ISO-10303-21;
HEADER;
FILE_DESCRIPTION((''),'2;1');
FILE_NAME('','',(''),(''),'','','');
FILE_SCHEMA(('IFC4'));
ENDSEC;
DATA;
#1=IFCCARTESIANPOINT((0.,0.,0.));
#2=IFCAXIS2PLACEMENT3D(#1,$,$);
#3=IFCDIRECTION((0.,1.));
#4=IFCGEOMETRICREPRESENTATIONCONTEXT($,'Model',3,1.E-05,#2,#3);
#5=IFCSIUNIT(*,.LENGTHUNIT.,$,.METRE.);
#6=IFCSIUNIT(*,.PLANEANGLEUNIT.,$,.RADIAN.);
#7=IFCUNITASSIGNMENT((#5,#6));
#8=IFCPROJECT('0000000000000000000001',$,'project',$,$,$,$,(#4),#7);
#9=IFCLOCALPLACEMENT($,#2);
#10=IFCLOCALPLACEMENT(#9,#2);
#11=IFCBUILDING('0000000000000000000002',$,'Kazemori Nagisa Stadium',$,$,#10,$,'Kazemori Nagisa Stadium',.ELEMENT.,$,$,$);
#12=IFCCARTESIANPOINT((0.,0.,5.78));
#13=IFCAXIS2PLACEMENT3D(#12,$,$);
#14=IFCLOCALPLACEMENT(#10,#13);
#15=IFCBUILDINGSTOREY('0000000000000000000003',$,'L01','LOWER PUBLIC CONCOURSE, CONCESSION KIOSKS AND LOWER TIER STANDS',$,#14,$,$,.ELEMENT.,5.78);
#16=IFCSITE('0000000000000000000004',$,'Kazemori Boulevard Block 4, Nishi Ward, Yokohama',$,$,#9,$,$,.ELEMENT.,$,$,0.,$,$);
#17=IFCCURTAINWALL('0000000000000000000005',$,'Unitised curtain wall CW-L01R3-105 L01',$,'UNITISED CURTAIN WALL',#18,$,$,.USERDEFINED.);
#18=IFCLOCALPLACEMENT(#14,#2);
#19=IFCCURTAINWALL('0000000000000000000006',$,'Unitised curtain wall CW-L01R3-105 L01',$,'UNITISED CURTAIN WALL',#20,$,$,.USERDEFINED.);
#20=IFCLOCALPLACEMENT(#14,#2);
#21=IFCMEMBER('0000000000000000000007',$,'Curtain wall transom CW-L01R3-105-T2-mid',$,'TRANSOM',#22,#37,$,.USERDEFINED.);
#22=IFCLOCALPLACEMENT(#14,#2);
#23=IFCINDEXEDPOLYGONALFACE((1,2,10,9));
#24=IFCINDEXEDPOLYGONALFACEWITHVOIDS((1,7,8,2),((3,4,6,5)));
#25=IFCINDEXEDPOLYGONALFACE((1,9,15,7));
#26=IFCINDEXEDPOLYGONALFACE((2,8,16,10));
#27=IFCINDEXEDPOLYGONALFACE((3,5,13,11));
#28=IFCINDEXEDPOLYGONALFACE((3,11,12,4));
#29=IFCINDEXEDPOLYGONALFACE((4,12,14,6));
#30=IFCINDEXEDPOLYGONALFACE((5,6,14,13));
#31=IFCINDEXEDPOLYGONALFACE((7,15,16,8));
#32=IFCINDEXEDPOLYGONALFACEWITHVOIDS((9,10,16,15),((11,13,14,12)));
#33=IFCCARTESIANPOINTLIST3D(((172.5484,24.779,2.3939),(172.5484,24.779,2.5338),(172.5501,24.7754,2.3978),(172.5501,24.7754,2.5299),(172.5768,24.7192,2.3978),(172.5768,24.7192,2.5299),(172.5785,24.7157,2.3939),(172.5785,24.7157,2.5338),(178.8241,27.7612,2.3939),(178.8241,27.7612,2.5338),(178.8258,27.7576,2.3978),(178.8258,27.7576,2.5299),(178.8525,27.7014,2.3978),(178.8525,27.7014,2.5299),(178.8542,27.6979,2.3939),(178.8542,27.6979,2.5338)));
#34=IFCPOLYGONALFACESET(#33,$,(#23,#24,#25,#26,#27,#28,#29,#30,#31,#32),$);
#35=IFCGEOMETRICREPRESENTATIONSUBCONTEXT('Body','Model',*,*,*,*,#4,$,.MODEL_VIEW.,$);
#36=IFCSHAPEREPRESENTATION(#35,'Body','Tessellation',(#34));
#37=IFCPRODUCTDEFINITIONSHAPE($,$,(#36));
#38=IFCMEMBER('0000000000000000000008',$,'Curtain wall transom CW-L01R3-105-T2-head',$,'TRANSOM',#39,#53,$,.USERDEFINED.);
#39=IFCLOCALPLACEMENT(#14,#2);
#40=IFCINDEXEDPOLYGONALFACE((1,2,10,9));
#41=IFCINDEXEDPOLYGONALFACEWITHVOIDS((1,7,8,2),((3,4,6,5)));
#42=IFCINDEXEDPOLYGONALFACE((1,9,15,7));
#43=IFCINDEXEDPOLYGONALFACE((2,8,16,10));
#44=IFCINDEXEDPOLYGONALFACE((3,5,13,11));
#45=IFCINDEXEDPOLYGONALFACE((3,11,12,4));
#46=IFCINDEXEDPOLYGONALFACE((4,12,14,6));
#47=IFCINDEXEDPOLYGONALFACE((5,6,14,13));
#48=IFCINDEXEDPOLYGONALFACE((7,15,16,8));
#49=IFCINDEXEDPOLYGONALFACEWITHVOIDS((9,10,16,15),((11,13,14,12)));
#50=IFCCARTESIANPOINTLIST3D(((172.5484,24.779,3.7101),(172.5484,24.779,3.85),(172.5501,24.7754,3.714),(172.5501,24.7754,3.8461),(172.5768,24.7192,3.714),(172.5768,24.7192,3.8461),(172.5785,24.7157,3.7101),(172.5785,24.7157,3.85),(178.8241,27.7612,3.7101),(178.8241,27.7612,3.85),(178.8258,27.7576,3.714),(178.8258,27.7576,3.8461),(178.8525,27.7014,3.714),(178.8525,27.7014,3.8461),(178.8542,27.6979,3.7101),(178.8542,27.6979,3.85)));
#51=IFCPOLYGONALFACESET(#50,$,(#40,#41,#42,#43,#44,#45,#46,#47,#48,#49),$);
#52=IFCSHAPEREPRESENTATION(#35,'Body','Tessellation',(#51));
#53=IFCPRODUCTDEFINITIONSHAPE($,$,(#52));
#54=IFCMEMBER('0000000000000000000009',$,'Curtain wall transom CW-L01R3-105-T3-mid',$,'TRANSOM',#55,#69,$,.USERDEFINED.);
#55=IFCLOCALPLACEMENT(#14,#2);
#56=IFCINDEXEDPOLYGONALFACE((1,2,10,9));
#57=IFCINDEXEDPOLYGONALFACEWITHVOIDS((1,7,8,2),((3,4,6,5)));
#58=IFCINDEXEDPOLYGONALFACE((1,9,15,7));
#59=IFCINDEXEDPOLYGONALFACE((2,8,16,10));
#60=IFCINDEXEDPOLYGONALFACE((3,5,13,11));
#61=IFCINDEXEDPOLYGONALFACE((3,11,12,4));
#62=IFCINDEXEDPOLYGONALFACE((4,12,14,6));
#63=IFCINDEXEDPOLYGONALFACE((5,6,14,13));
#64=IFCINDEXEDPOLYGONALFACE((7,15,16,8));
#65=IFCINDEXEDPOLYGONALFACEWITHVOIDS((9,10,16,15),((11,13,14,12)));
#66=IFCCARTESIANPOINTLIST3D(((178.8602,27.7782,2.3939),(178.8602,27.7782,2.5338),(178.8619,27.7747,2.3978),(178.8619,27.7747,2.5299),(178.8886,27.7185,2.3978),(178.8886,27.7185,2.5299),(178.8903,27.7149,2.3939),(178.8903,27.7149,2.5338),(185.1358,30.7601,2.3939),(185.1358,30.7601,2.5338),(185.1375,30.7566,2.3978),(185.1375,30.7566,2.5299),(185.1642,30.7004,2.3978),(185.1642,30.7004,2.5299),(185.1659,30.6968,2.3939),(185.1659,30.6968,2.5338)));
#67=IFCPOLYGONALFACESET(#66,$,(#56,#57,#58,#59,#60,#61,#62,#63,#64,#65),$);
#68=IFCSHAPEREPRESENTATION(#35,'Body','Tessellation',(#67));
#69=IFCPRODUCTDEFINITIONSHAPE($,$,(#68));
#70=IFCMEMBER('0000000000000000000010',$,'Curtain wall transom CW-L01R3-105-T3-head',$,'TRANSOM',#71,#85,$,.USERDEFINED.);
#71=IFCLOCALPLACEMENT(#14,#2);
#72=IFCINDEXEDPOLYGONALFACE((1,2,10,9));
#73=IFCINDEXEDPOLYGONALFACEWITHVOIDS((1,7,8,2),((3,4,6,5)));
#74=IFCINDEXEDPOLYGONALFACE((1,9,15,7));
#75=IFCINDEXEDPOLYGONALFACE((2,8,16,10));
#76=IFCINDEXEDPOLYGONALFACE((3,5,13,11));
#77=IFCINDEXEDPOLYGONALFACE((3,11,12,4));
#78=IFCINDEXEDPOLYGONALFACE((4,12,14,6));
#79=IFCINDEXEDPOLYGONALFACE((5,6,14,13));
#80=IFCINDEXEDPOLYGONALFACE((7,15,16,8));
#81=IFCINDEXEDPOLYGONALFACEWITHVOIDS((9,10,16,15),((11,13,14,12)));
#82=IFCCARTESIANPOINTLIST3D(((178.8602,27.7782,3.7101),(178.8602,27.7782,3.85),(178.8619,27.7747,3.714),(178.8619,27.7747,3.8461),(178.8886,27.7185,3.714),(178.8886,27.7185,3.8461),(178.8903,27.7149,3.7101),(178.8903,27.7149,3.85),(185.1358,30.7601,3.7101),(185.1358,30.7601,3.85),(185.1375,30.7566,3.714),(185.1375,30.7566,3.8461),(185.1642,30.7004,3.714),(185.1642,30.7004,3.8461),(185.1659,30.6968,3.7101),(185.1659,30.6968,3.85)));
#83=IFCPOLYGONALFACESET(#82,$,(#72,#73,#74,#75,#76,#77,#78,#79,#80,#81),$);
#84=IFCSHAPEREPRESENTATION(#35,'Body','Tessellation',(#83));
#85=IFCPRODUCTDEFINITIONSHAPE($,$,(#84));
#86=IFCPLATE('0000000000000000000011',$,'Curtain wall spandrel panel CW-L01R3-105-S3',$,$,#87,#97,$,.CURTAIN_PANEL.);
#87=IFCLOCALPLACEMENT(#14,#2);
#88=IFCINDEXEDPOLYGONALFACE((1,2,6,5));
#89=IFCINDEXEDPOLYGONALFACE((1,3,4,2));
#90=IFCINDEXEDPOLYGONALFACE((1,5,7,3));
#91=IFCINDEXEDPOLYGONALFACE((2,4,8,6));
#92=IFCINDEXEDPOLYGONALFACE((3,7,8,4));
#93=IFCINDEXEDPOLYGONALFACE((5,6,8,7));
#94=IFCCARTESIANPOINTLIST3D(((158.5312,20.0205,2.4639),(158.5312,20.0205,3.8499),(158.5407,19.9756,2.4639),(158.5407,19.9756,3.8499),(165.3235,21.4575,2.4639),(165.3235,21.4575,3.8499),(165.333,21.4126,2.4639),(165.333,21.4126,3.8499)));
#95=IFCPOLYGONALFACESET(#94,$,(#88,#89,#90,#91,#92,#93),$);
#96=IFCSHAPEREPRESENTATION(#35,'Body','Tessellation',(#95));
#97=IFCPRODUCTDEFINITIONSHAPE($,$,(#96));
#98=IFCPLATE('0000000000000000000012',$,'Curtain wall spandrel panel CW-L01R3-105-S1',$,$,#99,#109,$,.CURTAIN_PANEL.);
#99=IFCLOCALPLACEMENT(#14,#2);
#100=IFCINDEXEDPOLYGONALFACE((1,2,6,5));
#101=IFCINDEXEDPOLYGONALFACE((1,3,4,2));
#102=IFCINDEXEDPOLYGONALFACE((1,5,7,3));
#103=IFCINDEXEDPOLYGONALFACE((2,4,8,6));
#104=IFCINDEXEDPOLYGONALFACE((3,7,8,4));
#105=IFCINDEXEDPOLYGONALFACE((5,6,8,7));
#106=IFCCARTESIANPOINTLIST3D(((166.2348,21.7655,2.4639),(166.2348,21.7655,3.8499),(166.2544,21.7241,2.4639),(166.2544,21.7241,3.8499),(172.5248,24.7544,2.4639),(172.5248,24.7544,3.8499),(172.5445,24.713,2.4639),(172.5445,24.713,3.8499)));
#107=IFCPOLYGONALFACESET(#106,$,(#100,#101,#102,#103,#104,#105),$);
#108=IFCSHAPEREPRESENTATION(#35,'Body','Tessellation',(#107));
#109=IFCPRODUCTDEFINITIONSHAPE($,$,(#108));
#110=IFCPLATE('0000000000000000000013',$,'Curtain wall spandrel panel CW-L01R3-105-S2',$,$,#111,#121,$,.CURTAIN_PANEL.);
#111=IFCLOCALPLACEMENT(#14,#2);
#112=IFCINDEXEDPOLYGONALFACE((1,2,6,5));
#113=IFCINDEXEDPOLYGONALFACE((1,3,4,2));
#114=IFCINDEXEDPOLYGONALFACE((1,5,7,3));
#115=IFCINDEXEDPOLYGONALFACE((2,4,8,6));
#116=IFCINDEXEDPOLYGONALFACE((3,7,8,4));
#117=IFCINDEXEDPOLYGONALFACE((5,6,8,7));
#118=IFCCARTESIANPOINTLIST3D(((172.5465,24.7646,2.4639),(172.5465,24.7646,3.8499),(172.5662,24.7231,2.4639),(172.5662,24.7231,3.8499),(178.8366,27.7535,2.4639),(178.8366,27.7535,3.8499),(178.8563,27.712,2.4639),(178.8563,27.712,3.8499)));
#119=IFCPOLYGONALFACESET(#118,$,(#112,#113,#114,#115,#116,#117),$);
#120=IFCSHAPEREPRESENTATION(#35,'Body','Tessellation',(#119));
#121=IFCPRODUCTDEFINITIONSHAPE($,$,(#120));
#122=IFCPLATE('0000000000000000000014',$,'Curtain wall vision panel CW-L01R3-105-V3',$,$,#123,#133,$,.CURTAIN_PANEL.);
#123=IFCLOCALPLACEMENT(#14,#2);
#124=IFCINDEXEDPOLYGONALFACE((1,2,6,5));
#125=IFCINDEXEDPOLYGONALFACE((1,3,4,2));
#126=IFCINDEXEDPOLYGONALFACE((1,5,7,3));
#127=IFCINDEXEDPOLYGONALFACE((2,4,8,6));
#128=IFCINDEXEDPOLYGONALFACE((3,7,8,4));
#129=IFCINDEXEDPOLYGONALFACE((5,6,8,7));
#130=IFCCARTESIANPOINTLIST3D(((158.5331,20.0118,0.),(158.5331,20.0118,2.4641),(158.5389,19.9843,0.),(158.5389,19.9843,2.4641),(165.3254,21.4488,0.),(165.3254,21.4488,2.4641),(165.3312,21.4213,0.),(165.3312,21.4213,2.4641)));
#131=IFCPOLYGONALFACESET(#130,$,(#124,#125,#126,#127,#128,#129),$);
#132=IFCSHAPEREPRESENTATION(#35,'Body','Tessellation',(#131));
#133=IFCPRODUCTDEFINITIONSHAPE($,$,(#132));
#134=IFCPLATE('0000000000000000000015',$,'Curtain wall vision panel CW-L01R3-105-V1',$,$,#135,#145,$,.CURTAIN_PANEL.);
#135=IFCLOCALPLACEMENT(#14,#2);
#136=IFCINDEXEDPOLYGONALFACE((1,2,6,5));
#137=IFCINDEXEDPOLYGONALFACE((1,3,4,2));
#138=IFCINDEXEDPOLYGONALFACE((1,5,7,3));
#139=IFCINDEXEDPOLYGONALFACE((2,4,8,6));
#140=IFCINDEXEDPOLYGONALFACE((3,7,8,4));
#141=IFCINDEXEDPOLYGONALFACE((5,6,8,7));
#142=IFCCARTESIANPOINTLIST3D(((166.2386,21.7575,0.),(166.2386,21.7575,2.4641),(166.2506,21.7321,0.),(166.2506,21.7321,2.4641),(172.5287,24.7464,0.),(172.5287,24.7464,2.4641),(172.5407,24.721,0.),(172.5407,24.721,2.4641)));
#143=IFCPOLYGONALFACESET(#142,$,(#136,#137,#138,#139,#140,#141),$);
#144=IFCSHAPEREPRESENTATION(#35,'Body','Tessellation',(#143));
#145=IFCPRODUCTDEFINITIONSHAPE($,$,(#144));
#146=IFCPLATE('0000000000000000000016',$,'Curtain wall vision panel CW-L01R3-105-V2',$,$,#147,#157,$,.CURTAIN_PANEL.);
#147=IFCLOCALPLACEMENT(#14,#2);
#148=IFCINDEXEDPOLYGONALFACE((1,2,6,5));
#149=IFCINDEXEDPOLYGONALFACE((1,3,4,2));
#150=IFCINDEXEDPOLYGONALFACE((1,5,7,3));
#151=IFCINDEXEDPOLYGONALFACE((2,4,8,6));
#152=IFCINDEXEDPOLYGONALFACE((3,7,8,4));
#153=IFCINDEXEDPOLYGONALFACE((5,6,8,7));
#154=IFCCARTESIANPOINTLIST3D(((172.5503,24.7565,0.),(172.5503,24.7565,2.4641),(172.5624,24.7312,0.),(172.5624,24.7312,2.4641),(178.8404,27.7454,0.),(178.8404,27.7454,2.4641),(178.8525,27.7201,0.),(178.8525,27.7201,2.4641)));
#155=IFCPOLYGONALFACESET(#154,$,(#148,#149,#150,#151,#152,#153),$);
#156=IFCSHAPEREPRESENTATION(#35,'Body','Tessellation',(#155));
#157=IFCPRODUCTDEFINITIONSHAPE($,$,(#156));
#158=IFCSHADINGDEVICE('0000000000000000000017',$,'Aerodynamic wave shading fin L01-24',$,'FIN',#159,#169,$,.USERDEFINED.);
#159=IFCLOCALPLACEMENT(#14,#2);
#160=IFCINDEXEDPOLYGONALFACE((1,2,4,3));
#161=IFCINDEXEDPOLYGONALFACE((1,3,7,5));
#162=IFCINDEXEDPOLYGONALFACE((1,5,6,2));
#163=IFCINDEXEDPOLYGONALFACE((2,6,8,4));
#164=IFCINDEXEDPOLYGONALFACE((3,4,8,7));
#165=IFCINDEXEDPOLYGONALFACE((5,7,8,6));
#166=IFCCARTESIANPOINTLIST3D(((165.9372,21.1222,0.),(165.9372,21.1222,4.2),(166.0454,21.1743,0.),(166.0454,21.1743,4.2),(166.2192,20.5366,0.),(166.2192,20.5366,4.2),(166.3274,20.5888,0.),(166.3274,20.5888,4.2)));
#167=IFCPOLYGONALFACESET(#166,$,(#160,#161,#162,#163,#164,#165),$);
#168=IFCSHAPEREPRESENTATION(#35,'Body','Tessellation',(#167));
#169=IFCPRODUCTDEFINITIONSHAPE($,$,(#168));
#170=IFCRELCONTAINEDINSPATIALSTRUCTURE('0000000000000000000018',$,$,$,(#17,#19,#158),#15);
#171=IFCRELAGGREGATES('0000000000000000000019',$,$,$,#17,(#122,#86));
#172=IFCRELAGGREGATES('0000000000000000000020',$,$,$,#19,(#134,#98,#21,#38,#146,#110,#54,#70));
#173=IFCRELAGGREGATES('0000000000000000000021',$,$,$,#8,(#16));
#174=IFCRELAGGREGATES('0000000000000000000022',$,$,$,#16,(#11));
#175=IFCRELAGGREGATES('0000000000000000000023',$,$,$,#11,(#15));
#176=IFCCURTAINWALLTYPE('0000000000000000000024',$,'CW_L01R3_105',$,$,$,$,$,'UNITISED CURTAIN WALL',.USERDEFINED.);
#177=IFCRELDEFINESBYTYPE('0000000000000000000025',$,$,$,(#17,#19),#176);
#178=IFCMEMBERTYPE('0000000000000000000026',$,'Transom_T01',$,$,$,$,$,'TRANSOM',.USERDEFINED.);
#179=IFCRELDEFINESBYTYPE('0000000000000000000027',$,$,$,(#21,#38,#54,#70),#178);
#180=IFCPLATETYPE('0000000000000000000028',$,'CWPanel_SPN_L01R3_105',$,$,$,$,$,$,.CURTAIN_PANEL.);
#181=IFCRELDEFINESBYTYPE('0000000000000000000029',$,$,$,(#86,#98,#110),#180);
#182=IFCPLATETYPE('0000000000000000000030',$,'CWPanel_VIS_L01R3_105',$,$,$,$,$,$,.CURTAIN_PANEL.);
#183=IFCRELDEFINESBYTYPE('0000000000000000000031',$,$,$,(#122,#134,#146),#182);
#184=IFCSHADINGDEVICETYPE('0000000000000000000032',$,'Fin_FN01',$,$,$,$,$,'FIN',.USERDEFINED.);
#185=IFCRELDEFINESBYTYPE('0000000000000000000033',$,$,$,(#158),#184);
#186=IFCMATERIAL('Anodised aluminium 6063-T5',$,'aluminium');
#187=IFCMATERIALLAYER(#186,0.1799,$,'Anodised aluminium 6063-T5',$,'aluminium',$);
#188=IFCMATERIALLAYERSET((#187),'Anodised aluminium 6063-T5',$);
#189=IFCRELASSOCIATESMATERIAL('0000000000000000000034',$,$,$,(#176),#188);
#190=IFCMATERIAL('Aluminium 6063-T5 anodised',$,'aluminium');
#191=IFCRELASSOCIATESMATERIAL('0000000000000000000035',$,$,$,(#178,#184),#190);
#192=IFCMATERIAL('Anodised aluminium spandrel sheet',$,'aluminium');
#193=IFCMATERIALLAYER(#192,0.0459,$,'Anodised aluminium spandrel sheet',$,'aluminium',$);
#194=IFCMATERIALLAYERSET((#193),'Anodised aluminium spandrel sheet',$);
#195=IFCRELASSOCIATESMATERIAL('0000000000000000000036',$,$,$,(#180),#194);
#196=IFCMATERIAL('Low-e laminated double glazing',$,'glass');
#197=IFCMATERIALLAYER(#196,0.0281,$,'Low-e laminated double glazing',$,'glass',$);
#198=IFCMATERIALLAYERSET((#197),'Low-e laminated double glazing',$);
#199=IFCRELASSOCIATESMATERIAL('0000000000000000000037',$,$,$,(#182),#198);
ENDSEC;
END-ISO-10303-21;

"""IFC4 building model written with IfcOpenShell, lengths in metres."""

from ifc_helpers import new_model, si_unit, direction, frame, origin, origin_2d, place, context, subcontext, project, spatial, rectangle, hollow_rectangle, extrude, material, layer, layer_set, material_profile, profile_set, type_object, element, aggregate, save


model = new_model("IFC4")

# Units and contexts
model_context = context("Model", 3, precision=1e-05, world=origin(), true_north=direction((0.0, 1.0)))
body_context = subcontext(model_context, "Body", "Model", "MODEL_VIEW")
ifc_project = project(units=[si_unit("LENGTHUNIT", "METRE"), si_unit("PLANEANGLEUNIT", "RADIAN")], contexts=[model_context])

# Site, building, storey
site_placement = place(None, origin())
site = spatial("IfcSite", under=ifc_project, at=site_placement, Name="Kazemori Boulevard Block 4, Nishi Ward, Yokohama", CompositionType="ELEMENT", RefElevation=0.0)
building_placement = place(site_placement, origin())
building = spatial("IfcBuilding", under=site, at=building_placement, Name="Kazemori Nagisa Stadium", LongName="Kazemori Nagisa Stadium", CompositionType="ELEMENT")
storey_placement = place(building_placement, frame((0.0, 0.0, 5.78)))
storey = spatial("IfcBuildingStorey", under=building, at=storey_placement, Name="L01", Description="LOWER PUBLIC CONCOURSE, CONCESSION KIOSKS AND LOWER TIER STANDS", CompositionType="ELEMENT", Elevation=5.78)

# Curtain wall
ifc_material_1 = material(Name="Anodised aluminium 6063-T5", Category="aluminium")
ifc_layer_1 = layer(ifc_material_1, 0.1799, Name="Anodised aluminium 6063-T5", Category="aluminium")
ifc_layer_set_1 = layer_set([ifc_layer_1], Name="Anodised aluminium 6063-T5")
curtain_wall_type = type_object("IfcCurtainWallType", Name="CW_L01R3_105", ElementType="UNITISED CURTAIN WALL", PredefinedType="USERDEFINED", material=ifc_layer_set_1)
curtain_wall_1_placement = place(storey_placement, origin())
curtain_wall_1 = element("IfcCurtainWall", 1, at=curtain_wall_1_placement, inside=storey, type_object=curtain_wall_type, Name="Unitised curtain wall CW-L01R3-105 L01", ObjectType="UNITISED CURTAIN WALL", PredefinedType="USERDEFINED")
ifc_material_2 = material(Name="Aluminium 6063-T5 anodised", Category="aluminium")

# Curtain wall, members
curtain_wall_2_placement = place(storey_placement, origin())
curtain_wall_2 = element("IfcCurtainWall", 2, at=curtain_wall_2_placement, inside=storey, type_object=curtain_wall_type, Name="Unitised curtain wall CW-L01R3-105 L01", ObjectType="UNITISED CURTAIN WALL", PredefinedType="USERDEFINED")
ifc_material_profile_1 = material_profile(ifc_material_2, hollow_rectangle(XDim=0.0701, YDim=0.1399, WallThickness=0.0039, at=origin_2d()), Name="ALU-TRAN-70x140x4")
ifc_profile_set_1 = profile_set([ifc_material_profile_1], Name="Aluminium 6063-T5 anodised")
member_type_1 = type_object("IfcMemberType", Name="Transom_T01", ElementType="TRANSOM", PredefinedType="USERDEFINED", material=ifc_profile_set_1)
member_1_placement = place(storey_placement, frame((172.5635, 24.7473, 2.4639), z_axis=(0.903208, 0.429204, 0.0), x_axis=(-0.429204, 0.903208, 0.0)))
member_1 = element("IfcMember", 3, at=member_1_placement, type_object=member_type_1, Name="Curtain wall transom CW-L01R3-105-T2-mid", ObjectType="TRANSOM", PredefinedType="USERDEFINED", context=body_context, shape_type="SweptSolid", body=[
    extrude(hollow_rectangle(XDim=0.0701, YDim=0.1399, WallThickness=0.0039, at=origin_2d()), origin(), (0.0, 0.0, 1.0), 6.9482),
])
member_2_placement = place(storey_placement, frame((172.5635, 24.7473, 3.78), z_axis=(0.903208, 0.429204, 0.0), x_axis=(-0.429204, 0.903208, 0.0)))
member_2 = element("IfcMember", 4, at=member_2_placement, type_object=member_type_1, Name="Curtain wall transom CW-L01R3-105-T2-head", ObjectType="TRANSOM", PredefinedType="USERDEFINED", context=body_context, shape_type="SweptSolid", body=[
    extrude(hollow_rectangle(XDim=0.0701, YDim=0.1399, WallThickness=0.0039, at=origin_2d()), origin(), (0.0, 0.0, 1.0), 6.9482),
])
member_3_placement = place(storey_placement, frame((178.8752, 27.7466, 2.4639), z_axis=(0.903221, 0.429175, 0.0), x_axis=(-0.429175, 0.903221, 0.0)))
member_3 = element("IfcMember", 5, at=member_3_placement, type_object=member_type_1, Name="Curtain wall transom CW-L01R3-105-T3-mid", ObjectType="TRANSOM", PredefinedType="USERDEFINED", context=body_context, shape_type="SweptSolid", body=[
    extrude(hollow_rectangle(XDim=0.0701, YDim=0.1399, WallThickness=0.0039, at=origin_2d()), origin(), (0.0, 0.0, 1.0), 6.948),
])
member_4_placement = place(storey_placement, frame((178.8752, 27.7466, 3.78), z_axis=(0.903221, 0.429175, 0.0), x_axis=(-0.429175, 0.903221, 0.0)))
member_4 = element("IfcMember", 6, at=member_4_placement, type_object=member_type_1, Name="Curtain wall transom CW-L01R3-105-T3-head", ObjectType="TRANSOM", PredefinedType="USERDEFINED", context=body_context, shape_type="SweptSolid", body=[
    extrude(hollow_rectangle(XDim=0.0701, YDim=0.1399, WallThickness=0.0039, at=origin_2d()), origin(), (0.0, 0.0, 1.0), 6.948),
])

# Plates
ifc_material_3 = material(Name="Anodised aluminium spandrel sheet", Category="aluminium")
ifc_layer_2 = layer(ifc_material_3, 0.0459, Name="Anodised aluminium spandrel sheet", Category="aluminium")
ifc_layer_set_2 = layer_set([ifc_layer_2], Name="Anodised aluminium spandrel sheet")
plate_type_1 = type_object("IfcPlateType", Name="CWPanel_SPN_L01R3_105", PredefinedType="CURTAIN_PANEL", material=ifc_layer_set_2)
plate_1_placement = place(storey_placement, frame((161.9321, 20.7166, 2.4639), z_axis=(0.0, 0.0, 1.0), x_axis=(0.978345, 0.206981, 0.0)))
plate_1 = element("IfcPlate", 7, at=plate_1_placement, type_object=plate_type_1, Name="Curtain wall spandrel panel CW-L01R3-105-S3", PredefinedType="CURTAIN_PANEL", context=body_context, shape_type="SweptSolid", body=[
    extrude(rectangle(XDim=6.9426, YDim=0.0459, at=origin_2d()), origin(), (0.0, 0.0, 1.0), 1.386),
])
plate_2_placement = place(storey_placement, frame((169.3896, 23.2393, 2.4639), z_axis=(0.0, 0.0, 1.0), x_axis=(0.903216, 0.429186, 0.0)))
plate_2 = element("IfcPlate", 8, at=plate_2_placement, type_object=plate_type_1, Name="Curtain wall spandrel panel CW-L01R3-105-S1", PredefinedType="CURTAIN_PANEL", context=body_context, shape_type="SweptSolid", body=[
    extrude(rectangle(XDim=6.9641, YDim=0.0459, at=origin_2d()), origin(), (0.0, 0.0, 1.0), 1.386),
])
plate_3_placement = place(storey_placement, frame((175.7014, 26.2383, 2.4639), z_axis=(0.0, 0.0, 1.0), x_axis=(0.903216, 0.429186, 0.0)))
plate_3 = element("IfcPlate", 9, at=plate_3_placement, type_object=plate_type_1, Name="Curtain wall spandrel panel CW-L01R3-105-S2", PredefinedType="CURTAIN_PANEL", context=body_context, shape_type="SweptSolid", body=[
    extrude(rectangle(XDim=6.9641, YDim=0.0459, at=origin_2d()), origin(), (0.0, 0.0, 1.0), 1.386),
])
ifc_material_4 = material(Name="Low-e laminated double glazing", Category="glass")
ifc_layer_3 = layer(ifc_material_4, 0.0281, Name="Low-e laminated double glazing", Category="glass")
ifc_layer_set_3 = layer_set([ifc_layer_3], Name="Low-e laminated double glazing")
plate_type_2 = type_object("IfcPlateType", Name="CWPanel_VIS_L01R3_105", PredefinedType="CURTAIN_PANEL", material=ifc_layer_set_3)
plate_4_placement = place(storey_placement, frame((161.9321, 20.7166, 0.0), z_axis=(0.0, 0.0, 1.0), x_axis=(0.978345, 0.206981, 0.0)))
plate_4 = element("IfcPlate", 10, at=plate_4_placement, type_object=plate_type_2, Name="Curtain wall vision panel CW-L01R3-105-V3", PredefinedType="CURTAIN_PANEL", context=body_context, shape_type="SweptSolid", body=[
    extrude(rectangle(XDim=6.9426, YDim=0.0281, at=origin_2d()), origin(), (0.0, 0.0, 1.0), 2.4641),
])
aggregate(curtain_wall_1, [plate_4, plate_1])
plate_5_placement = place(storey_placement, frame((169.3896, 23.2393, 0.0), z_axis=(0.0, 0.0, 1.0), x_axis=(0.903216, 0.429186, 0.0)))
plate_5 = element("IfcPlate", 11, at=plate_5_placement, type_object=plate_type_2, Name="Curtain wall vision panel CW-L01R3-105-V1", PredefinedType="CURTAIN_PANEL", context=body_context, shape_type="SweptSolid", body=[
    extrude(rectangle(XDim=6.9641, YDim=0.0281, at=origin_2d()), origin(), (0.0, 0.0, 1.0), 2.4641),
])
plate_6_placement = place(storey_placement, frame((175.7014, 26.2383, 0.0), z_axis=(0.0, 0.0, 1.0), x_axis=(0.903216, 0.429186, 0.0)))
plate_6 = element("IfcPlate", 12, at=plate_6_placement, type_object=plate_type_2, Name="Curtain wall vision panel CW-L01R3-105-V2", PredefinedType="CURTAIN_PANEL", context=body_context, shape_type="SweptSolid", body=[
    extrude(rectangle(XDim=6.9641, YDim=0.0281, at=origin_2d()), origin(), (0.0, 0.0, 1.0), 2.4641),
])
aggregate(curtain_wall_2, [plate_5, plate_2, member_1, member_2, plate_6, plate_3, member_3, member_4])

# Shading device
shading_device_type = type_object("IfcShadingDeviceType", Name="Fin_FN01", ElementType="FIN", PredefinedType="USERDEFINED", material=ifc_material_2)
shading_device_placement = place(storey_placement, frame((166.1323, 20.8555, 0.0), z_axis=(0.0, 0.0, 1.0), x_axis=(0.433884, -0.900969, 0.0)))
element("IfcShadingDevice", 13, at=shading_device_placement, inside=storey, type_object=shading_device_type, Name="Aerodynamic wave shading fin L01-24", ObjectType="FIN", PredefinedType="USERDEFINED", context=body_context, shape_type="SweptSolid", body=[
    extrude(rectangle(XDim=0.6499, YDim=0.1201, at=origin_2d()), origin(), (0.0, 0.0, 1.0), 4.2),
])

save(model, "model.ifc")
